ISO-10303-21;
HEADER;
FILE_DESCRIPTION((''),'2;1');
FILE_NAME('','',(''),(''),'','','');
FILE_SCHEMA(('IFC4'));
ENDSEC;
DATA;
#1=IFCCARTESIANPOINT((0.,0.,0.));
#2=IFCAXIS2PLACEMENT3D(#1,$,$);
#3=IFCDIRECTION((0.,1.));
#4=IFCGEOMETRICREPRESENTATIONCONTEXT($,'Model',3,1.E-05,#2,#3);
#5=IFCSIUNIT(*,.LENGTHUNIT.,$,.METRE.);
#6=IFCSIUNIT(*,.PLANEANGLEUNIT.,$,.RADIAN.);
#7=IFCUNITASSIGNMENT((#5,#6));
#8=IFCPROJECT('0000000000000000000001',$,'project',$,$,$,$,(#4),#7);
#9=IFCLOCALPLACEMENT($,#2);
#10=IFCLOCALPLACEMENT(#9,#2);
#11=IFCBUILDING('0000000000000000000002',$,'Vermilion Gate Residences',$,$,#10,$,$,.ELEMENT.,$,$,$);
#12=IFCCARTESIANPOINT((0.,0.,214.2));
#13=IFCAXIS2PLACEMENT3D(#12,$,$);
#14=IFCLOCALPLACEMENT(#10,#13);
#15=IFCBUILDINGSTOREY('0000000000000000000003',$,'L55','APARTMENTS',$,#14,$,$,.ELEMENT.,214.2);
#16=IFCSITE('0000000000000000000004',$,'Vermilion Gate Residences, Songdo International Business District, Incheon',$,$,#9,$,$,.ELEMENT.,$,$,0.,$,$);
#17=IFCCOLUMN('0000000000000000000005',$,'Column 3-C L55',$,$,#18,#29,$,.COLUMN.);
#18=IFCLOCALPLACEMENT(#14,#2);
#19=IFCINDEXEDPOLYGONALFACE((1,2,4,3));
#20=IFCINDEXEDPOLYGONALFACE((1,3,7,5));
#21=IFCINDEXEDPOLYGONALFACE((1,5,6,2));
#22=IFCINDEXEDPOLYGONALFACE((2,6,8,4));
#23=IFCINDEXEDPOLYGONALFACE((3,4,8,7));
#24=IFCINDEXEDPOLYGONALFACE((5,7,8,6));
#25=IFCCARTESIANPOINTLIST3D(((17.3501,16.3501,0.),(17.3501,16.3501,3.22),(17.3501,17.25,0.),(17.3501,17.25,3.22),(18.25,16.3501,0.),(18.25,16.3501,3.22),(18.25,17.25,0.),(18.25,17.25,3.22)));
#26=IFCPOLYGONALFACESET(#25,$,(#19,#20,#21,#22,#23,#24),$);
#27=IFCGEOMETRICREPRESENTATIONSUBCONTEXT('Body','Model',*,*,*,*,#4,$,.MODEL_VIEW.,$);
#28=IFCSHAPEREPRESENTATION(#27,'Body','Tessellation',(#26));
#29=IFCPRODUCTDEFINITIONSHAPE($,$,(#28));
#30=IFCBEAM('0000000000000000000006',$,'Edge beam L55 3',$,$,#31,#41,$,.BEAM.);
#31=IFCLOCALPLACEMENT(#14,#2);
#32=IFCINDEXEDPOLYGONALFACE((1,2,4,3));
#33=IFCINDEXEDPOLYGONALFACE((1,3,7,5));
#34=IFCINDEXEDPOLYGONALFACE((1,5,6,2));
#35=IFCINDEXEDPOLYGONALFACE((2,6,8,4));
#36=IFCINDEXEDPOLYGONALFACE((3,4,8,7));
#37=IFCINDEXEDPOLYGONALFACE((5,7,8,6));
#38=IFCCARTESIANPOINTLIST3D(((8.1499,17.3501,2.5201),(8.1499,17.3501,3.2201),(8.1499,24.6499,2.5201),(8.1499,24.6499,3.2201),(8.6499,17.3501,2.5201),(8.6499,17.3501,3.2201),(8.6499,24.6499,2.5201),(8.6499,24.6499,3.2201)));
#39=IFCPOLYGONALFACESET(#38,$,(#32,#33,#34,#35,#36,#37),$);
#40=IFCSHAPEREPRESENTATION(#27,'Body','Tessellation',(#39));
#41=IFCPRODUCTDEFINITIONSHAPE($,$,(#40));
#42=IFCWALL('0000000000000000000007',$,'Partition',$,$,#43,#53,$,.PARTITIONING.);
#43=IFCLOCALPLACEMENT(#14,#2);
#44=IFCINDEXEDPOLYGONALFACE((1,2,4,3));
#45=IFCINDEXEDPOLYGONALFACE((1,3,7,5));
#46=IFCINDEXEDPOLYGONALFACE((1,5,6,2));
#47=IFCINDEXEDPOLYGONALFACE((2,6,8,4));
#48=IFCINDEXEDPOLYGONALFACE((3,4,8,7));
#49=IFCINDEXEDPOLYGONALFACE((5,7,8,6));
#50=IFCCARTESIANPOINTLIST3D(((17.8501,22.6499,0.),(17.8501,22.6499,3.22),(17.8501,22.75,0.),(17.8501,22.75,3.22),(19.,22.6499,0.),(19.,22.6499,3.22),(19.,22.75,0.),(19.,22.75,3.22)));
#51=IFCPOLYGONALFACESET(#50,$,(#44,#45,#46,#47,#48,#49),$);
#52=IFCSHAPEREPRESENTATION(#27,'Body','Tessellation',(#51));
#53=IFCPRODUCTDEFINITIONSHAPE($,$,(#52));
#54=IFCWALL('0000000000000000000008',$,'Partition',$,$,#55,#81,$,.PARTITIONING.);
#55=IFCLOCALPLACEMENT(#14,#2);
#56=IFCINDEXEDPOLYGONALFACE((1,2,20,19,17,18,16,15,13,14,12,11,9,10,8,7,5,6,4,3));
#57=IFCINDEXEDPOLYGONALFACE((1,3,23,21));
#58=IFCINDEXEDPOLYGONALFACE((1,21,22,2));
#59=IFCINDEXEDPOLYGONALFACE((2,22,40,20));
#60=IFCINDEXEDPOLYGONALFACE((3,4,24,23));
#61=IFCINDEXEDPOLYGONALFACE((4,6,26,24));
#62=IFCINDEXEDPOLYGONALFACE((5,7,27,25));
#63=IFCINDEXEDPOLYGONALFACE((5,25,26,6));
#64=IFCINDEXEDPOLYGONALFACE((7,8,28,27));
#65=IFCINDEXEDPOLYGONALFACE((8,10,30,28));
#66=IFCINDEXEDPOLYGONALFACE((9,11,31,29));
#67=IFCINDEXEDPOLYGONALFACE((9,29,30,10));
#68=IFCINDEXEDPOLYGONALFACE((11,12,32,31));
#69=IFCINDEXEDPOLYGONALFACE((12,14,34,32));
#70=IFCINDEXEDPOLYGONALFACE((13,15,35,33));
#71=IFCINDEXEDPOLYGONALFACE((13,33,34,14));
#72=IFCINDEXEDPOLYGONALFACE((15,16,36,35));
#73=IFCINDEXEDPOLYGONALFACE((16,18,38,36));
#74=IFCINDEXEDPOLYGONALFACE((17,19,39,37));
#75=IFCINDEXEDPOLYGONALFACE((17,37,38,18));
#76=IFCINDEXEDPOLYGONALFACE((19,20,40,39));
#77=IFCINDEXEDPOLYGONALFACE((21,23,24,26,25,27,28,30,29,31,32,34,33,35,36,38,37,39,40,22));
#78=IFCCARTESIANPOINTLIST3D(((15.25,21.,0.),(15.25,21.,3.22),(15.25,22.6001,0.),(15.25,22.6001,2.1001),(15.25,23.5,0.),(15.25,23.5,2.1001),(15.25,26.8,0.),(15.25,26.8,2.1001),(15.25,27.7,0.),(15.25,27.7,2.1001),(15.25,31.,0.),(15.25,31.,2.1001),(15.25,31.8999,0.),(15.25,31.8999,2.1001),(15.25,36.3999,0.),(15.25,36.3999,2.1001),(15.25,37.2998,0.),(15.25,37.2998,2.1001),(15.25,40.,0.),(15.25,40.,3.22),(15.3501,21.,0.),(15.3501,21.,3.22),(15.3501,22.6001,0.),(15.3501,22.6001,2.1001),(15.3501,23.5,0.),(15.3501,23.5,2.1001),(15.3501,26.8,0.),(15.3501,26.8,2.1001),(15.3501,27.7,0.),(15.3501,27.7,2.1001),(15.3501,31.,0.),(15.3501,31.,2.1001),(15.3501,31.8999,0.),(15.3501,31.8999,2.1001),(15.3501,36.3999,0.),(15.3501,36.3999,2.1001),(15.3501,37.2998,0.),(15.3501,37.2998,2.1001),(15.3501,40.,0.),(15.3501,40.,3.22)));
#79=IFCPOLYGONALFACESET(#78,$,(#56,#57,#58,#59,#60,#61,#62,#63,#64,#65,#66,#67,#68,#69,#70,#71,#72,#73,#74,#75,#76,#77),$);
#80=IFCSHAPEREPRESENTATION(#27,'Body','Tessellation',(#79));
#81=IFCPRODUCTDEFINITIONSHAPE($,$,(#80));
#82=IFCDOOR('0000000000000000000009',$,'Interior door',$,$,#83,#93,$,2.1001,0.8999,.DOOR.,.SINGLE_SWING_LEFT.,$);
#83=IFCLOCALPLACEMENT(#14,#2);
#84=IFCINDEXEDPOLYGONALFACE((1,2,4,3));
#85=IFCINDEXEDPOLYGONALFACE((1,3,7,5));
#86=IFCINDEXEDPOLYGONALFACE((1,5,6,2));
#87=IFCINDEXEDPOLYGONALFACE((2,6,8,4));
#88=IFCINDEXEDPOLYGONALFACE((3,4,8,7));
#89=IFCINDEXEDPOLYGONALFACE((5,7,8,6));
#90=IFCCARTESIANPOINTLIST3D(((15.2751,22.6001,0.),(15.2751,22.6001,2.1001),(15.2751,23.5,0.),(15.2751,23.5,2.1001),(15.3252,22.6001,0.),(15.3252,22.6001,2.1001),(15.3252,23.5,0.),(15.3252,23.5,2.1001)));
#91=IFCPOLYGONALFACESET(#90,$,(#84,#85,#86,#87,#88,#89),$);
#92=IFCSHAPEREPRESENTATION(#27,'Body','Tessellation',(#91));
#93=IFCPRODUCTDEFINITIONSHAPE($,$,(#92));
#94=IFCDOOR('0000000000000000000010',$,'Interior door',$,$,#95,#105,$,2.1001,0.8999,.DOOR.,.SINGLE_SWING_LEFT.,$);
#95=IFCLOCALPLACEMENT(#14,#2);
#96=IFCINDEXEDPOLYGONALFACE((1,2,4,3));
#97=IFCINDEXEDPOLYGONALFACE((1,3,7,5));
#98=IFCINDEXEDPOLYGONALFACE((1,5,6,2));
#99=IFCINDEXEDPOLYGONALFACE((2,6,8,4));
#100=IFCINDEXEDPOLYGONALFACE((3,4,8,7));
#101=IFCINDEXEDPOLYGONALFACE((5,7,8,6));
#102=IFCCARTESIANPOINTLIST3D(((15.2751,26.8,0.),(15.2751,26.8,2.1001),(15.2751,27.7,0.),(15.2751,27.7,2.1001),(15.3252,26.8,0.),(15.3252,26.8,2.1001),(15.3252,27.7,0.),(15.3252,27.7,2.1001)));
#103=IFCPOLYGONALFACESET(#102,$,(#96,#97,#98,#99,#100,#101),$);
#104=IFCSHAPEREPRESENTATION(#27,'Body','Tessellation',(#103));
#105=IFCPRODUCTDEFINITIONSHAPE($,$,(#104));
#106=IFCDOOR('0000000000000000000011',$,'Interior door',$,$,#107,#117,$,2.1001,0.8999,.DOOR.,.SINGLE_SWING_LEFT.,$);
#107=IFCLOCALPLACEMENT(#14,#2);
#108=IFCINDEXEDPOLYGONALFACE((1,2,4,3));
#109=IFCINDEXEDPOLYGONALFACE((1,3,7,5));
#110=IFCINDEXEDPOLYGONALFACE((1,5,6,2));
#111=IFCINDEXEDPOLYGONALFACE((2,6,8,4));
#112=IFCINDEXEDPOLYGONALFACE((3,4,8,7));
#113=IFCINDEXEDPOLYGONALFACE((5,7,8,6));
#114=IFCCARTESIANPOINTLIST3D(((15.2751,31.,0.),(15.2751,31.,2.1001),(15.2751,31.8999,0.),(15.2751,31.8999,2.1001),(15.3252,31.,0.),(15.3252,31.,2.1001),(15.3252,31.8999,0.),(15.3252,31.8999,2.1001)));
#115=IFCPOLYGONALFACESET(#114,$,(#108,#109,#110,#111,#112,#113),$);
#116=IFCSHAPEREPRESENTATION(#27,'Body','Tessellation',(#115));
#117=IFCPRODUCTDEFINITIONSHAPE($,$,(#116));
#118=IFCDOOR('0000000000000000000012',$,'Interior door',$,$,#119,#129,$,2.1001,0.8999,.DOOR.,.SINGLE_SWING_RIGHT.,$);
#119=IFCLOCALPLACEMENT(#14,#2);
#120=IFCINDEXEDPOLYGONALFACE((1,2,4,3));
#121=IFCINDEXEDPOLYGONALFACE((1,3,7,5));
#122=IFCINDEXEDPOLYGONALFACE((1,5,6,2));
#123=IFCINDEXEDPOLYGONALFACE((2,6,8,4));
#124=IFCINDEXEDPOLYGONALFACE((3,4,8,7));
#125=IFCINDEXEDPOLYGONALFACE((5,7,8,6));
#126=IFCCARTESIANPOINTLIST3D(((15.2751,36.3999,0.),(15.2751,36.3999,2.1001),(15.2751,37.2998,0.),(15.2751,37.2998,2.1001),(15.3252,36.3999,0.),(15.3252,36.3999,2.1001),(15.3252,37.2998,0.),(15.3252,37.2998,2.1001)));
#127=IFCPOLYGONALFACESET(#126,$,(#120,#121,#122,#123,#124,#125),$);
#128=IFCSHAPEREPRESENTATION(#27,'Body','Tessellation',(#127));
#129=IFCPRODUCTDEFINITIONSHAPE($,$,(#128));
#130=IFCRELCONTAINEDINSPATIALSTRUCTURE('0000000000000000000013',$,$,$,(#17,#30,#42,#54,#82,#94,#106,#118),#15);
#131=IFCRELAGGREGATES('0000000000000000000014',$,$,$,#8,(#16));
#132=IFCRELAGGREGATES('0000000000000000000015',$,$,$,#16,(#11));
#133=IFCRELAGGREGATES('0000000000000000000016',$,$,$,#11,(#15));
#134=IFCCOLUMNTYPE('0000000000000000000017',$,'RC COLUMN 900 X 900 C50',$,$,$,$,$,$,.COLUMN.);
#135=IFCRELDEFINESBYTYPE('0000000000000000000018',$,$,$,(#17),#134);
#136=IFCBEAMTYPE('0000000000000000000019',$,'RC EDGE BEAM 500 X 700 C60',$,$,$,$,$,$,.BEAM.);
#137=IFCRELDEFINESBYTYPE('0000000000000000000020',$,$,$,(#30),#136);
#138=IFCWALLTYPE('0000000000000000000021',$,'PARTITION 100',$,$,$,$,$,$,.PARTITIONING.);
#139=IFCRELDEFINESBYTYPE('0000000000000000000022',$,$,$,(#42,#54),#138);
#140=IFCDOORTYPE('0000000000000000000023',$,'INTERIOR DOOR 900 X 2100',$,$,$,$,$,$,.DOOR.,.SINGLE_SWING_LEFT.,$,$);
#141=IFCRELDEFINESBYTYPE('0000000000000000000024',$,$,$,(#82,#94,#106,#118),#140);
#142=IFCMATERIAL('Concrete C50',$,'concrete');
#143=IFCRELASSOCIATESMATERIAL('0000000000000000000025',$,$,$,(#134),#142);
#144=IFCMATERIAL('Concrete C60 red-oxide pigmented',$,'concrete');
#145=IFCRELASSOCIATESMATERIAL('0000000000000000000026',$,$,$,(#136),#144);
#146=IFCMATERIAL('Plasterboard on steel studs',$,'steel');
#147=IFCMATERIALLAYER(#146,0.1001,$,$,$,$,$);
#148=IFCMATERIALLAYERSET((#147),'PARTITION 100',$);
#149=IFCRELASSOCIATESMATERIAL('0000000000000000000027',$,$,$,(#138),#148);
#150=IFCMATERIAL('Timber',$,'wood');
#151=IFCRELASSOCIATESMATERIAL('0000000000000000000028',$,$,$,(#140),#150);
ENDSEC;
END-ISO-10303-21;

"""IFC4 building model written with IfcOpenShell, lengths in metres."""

from ifc_helpers import new_model, si_unit, direction, frame, frame_2d, origin, origin_2d, place, context, subcontext, project, spatial, rectangle, extrude, material, layer, layer_set, material_profile, profile_set, type_object, element, fill, save


model = new_model("IFC4")

# Units and contexts
model_context = context("Model", 3, precision=1e-05, world=origin(), true_north=direction((0.0, 1.0)))
body_context = subcontext(model_context, "Body", "Model", "MODEL_VIEW")
ifc_project = project(units=[si_unit("LENGTHUNIT", "METRE"), si_unit("PLANEANGLEUNIT", "RADIAN")], contexts=[model_context])

# Site, building, storey
site_placement = place(None, origin())
site = spatial("IfcSite", under=ifc_project, at=site_placement, Name="Vermilion Gate Residences, Songdo International Business District, Incheon", CompositionType="ELEMENT", RefElevation=0.0)
building_placement = place(site_placement, origin())
building = spatial("IfcBuilding", under=site, at=building_placement, Name="Vermilion Gate Residences", CompositionType="ELEMENT")
storey_placement = place(building_placement, frame((0.0, 0.0, 214.2)))
storey = spatial("IfcBuildingStorey", under=building, at=storey_placement, Name="L55", Description="APARTMENTS", CompositionType="ELEMENT", Elevation=214.2)

# Column
ifc_material_1 = material(Name="Concrete C50", Category="concrete")
ifc_material_profile_1 = material_profile(ifc_material_1, rectangle(XDim=0.8999, YDim=0.8999, at=origin_2d()), Name="RC-900x900")
ifc_profile_set_1 = profile_set([ifc_material_profile_1], Name="Concrete C50")
column_type = type_object("IfcColumnType", Name="RC COLUMN 900 X 900 C50", PredefinedType="COLUMN", material=ifc_profile_set_1)
column_placement = place(storey_placement, frame((17.8, 16.8, 0.0), z_axis=(0.0, 0.0, 1.0), x_axis=(1.0, 0.0, 0.0)))
element("IfcColumn", 1, at=column_placement, inside=storey, type_object=column_type, Name="Column 3-C L55", PredefinedType="COLUMN", context=body_context, shape_type="SweptSolid", body=[
    extrude(rectangle(XDim=0.8999, YDim=0.8999, at=origin_2d()), origin(), (0.0, 0.0, 1.0), 3.22),
])

# Beam
ifc_material_2 = material(Name="Concrete C60 red-oxide pigmented", Category="concrete")
ifc_material_profile_2 = material_profile(ifc_material_2, rectangle(XDim=0.5, YDim=0.7, at=origin_2d()), Name="RC-500x700")
ifc_profile_set_2 = profile_set([ifc_material_profile_2], Name="Concrete C60 red-oxide pigmented")
beam_type = type_object("IfcBeamType", Name="RC EDGE BEAM 500 X 700 C60", PredefinedType="BEAM", material=ifc_profile_set_2)
beam_placement = place(storey_placement, frame((8.3999, 17.3501, 2.8701), z_axis=(0.0, 1.0, 0.0), x_axis=(-1.0, 0.0, 0.0)))
element("IfcBeam", 2, at=beam_placement, inside=storey, type_object=beam_type, Name="Edge beam L55 3", PredefinedType="BEAM", context=body_context, shape_type="SweptSolid", body=[
    extrude(rectangle(XDim=0.5, YDim=0.7, at=origin_2d()), origin(), (0.0, 0.0, 1.0), 7.2998),
])

# Wall
ifc_material_3 = material(Name="Plasterboard on steel studs", Category="steel")
ifc_layer_1 = layer(ifc_material_3, 0.1001)
ifc_layer_set_1 = layer_set([ifc_layer_1], Name="PARTITION 100")
wall_type_1 = type_object("IfcWallType", Name="PARTITION 100", PredefinedType="PARTITIONING", material=ifc_layer_set_1)
wall_1_placement = place(storey_placement, frame((17.8501, 22.7, 0.0), z_axis=(0.0, 0.0, 1.0), x_axis=(1.0, 0.0, 0.0)))
element("IfcWall", 3, at=wall_1_placement, inside=storey, type_object=wall_type_1, Name="Partition", PredefinedType="PARTITIONING", context=body_context, shape_type="SweptSolid", body=[
    extrude(rectangle(XDim=1.1499, YDim=0.1001, at=frame_2d((0.575, 0.0))), origin(), (0.0, 0.0, 1.0), 3.22),
])

# Wall, openings, doors
wall_2_placement = place(storey_placement, frame((15.3, 21.0, 0.0), z_axis=(0.0, 0.0, 1.0), x_axis=(0.0, 1.0, 0.0)))
wall_2 = element("IfcWall", 4, at=wall_2_placement, inside=storey, type_object=wall_type_1, Name="Partition", PredefinedType="PARTITIONING", context=body_context, shape_type="SweptSolid", body=[
    extrude(rectangle(XDim=19.0, YDim=0.1001, at=frame_2d((9.5, 0.0))), origin(), (0.0, 0.0, 1.0), 3.22),
])
opening_1_placement = place(wall_2_placement, frame((1.6001, 0.0, 0.0)))
opening_1 = element("IfcOpeningElement", 5, at=opening_1_placement, cuts=wall_2, PredefinedType="OPENING", context=body_context, shape_type="SweptSolid", body=[
    extrude(rectangle(XDim=0.8999, YDim=2.1001, at=frame_2d((0.45, 1.05))), frame((0.0, 0.0601, 0.0), z_axis=(0.0, -1.0, 0.0), x_axis=(1.0, 0.0, 0.0)), (0.0, 0.0, 1.0), 0.1201),
])
opening_2_placement = place(wall_2_placement, frame((5.8, 0.0, 0.0)))
opening_2 = element("IfcOpeningElement", 6, at=opening_2_placement, cuts=wall_2, PredefinedType="OPENING", context=body_context, shape_type="SweptSolid", body=[
    extrude(rectangle(XDim=0.8999, YDim=2.1001, at=frame_2d((0.45, 1.05))), frame((0.0, 0.0601, 0.0), z_axis=(0.0, -1.0, 0.0), x_axis=(1.0, 0.0, 0.0)), (0.0, 0.0, 1.0), 0.1201),
])
opening_3_placement = place(wall_2_placement, frame((10.0, 0.0, 0.0)))
opening_3 = element("IfcOpeningElement", 7, at=opening_3_placement, cuts=wall_2, PredefinedType="OPENING", context=body_context, shape_type="SweptSolid", body=[
    extrude(rectangle(XDim=0.8999, YDim=2.1001, at=frame_2d((0.45, 1.05))), frame((0.0, 0.0601, 0.0), z_axis=(0.0, -1.0, 0.0), x_axis=(1.0, 0.0, 0.0)), (0.0, 0.0, 1.0), 0.1201),
])
opening_4_placement = place(wall_2_placement, frame((15.3999, 0.0, 0.0)))
opening_4 = element("IfcOpeningElement", 8, at=opening_4_placement, cuts=wall_2, PredefinedType="OPENING", context=body_context, shape_type="SweptSolid", body=[
    extrude(rectangle(XDim=0.8999, YDim=2.1001, at=frame_2d((0.45, 1.05))), frame((0.0, 0.0601, 0.0), z_axis=(0.0, -1.0, 0.0), x_axis=(1.0, 0.0, 0.0)), (0.0, 0.0, 1.0), 0.1201),
])
ifc_material_4 = material(Name="Timber", Category="wood")
door_type_1 = type_object("IfcDoorType", Name="INTERIOR DOOR 900 X 2100", OperationType="SINGLE_SWING_LEFT", PredefinedType="DOOR", material=ifc_material_4)
door_1_placement = place(opening_1_placement, origin())
door_1 = element("IfcDoor", 9, at=door_1_placement, inside=storey, type_object=door_type_1, Name="Interior door", OperationType="SINGLE_SWING_LEFT", OverallHeight=2.1001, OverallWidth=0.8999, PredefinedType="DOOR", context=body_context, shape_type="SweptSolid", body=[
    extrude(rectangle(XDim=0.8999, YDim=2.1001, at=frame_2d((0.45, 1.05))), frame((0.0, 0.0249, 0.0), z_axis=(0.0, -1.0, 0.0), x_axis=(1.0, 0.0, 0.0)), (0.0, 0.0, 1.0), 0.05),
])
fill(opening_1, door_1)
door_2_placement = place(opening_2_placement, origin())
door_2 = element("IfcDoor", 10, at=door_2_placement, inside=storey, type_object=door_type_1, Name="Interior door", OperationType="SINGLE_SWING_LEFT", OverallHeight=2.1001, OverallWidth=0.8999, PredefinedType="DOOR", context=body_context, shape_type="SweptSolid", body=[
    extrude(rectangle(XDim=0.8999, YDim=2.1001, at=frame_2d((0.45, 1.05))), frame((0.0, 0.0249, 0.0), z_axis=(0.0, -1.0, 0.0), x_axis=(1.0, 0.0, 0.0)), (0.0, 0.0, 1.0), 0.05),
])
fill(opening_2, door_2)
door_3_placement = place(opening_3_placement, origin())
door_3 = element("IfcDoor", 11, at=door_3_placement, inside=storey, type_object=door_type_1, Name="Interior door", OperationType="SINGLE_SWING_LEFT", OverallHeight=2.1001, OverallWidth=0.8999, PredefinedType="DOOR", context=body_context, shape_type="SweptSolid", body=[
    extrude(rectangle(XDim=0.8999, YDim=2.1001, at=frame_2d((0.45, 1.05))), frame((0.0, 0.0249, 0.0), z_axis=(0.0, -1.0, 0.0), x_axis=(1.0, 0.0, 0.0)), (0.0, 0.0, 1.0), 0.05),
])
fill(opening_3, door_3)
door_4_placement = place(opening_4_placement, origin())
door_4 = element("IfcDoor", 12, at=door_4_placement, inside=storey, type_object=door_type_1, Name="Interior door", OperationType="SINGLE_SWING_RIGHT", OverallHeight=2.1001, OverallWidth=0.8999, PredefinedType="DOOR", context=body_context, shape_type="SweptSolid", body=[
    extrude(rectangle(XDim=0.8999, YDim=2.1001, at=frame_2d((0.45, 1.05))), frame((0.0, 0.0249, 0.0), z_axis=(0.0, -1.0, 0.0), x_axis=(1.0, 0.0, 0.0)), (0.0, 0.0, 1.0), 0.05),
])
fill(opening_4, door_4)

save(model, "model.ifc")
